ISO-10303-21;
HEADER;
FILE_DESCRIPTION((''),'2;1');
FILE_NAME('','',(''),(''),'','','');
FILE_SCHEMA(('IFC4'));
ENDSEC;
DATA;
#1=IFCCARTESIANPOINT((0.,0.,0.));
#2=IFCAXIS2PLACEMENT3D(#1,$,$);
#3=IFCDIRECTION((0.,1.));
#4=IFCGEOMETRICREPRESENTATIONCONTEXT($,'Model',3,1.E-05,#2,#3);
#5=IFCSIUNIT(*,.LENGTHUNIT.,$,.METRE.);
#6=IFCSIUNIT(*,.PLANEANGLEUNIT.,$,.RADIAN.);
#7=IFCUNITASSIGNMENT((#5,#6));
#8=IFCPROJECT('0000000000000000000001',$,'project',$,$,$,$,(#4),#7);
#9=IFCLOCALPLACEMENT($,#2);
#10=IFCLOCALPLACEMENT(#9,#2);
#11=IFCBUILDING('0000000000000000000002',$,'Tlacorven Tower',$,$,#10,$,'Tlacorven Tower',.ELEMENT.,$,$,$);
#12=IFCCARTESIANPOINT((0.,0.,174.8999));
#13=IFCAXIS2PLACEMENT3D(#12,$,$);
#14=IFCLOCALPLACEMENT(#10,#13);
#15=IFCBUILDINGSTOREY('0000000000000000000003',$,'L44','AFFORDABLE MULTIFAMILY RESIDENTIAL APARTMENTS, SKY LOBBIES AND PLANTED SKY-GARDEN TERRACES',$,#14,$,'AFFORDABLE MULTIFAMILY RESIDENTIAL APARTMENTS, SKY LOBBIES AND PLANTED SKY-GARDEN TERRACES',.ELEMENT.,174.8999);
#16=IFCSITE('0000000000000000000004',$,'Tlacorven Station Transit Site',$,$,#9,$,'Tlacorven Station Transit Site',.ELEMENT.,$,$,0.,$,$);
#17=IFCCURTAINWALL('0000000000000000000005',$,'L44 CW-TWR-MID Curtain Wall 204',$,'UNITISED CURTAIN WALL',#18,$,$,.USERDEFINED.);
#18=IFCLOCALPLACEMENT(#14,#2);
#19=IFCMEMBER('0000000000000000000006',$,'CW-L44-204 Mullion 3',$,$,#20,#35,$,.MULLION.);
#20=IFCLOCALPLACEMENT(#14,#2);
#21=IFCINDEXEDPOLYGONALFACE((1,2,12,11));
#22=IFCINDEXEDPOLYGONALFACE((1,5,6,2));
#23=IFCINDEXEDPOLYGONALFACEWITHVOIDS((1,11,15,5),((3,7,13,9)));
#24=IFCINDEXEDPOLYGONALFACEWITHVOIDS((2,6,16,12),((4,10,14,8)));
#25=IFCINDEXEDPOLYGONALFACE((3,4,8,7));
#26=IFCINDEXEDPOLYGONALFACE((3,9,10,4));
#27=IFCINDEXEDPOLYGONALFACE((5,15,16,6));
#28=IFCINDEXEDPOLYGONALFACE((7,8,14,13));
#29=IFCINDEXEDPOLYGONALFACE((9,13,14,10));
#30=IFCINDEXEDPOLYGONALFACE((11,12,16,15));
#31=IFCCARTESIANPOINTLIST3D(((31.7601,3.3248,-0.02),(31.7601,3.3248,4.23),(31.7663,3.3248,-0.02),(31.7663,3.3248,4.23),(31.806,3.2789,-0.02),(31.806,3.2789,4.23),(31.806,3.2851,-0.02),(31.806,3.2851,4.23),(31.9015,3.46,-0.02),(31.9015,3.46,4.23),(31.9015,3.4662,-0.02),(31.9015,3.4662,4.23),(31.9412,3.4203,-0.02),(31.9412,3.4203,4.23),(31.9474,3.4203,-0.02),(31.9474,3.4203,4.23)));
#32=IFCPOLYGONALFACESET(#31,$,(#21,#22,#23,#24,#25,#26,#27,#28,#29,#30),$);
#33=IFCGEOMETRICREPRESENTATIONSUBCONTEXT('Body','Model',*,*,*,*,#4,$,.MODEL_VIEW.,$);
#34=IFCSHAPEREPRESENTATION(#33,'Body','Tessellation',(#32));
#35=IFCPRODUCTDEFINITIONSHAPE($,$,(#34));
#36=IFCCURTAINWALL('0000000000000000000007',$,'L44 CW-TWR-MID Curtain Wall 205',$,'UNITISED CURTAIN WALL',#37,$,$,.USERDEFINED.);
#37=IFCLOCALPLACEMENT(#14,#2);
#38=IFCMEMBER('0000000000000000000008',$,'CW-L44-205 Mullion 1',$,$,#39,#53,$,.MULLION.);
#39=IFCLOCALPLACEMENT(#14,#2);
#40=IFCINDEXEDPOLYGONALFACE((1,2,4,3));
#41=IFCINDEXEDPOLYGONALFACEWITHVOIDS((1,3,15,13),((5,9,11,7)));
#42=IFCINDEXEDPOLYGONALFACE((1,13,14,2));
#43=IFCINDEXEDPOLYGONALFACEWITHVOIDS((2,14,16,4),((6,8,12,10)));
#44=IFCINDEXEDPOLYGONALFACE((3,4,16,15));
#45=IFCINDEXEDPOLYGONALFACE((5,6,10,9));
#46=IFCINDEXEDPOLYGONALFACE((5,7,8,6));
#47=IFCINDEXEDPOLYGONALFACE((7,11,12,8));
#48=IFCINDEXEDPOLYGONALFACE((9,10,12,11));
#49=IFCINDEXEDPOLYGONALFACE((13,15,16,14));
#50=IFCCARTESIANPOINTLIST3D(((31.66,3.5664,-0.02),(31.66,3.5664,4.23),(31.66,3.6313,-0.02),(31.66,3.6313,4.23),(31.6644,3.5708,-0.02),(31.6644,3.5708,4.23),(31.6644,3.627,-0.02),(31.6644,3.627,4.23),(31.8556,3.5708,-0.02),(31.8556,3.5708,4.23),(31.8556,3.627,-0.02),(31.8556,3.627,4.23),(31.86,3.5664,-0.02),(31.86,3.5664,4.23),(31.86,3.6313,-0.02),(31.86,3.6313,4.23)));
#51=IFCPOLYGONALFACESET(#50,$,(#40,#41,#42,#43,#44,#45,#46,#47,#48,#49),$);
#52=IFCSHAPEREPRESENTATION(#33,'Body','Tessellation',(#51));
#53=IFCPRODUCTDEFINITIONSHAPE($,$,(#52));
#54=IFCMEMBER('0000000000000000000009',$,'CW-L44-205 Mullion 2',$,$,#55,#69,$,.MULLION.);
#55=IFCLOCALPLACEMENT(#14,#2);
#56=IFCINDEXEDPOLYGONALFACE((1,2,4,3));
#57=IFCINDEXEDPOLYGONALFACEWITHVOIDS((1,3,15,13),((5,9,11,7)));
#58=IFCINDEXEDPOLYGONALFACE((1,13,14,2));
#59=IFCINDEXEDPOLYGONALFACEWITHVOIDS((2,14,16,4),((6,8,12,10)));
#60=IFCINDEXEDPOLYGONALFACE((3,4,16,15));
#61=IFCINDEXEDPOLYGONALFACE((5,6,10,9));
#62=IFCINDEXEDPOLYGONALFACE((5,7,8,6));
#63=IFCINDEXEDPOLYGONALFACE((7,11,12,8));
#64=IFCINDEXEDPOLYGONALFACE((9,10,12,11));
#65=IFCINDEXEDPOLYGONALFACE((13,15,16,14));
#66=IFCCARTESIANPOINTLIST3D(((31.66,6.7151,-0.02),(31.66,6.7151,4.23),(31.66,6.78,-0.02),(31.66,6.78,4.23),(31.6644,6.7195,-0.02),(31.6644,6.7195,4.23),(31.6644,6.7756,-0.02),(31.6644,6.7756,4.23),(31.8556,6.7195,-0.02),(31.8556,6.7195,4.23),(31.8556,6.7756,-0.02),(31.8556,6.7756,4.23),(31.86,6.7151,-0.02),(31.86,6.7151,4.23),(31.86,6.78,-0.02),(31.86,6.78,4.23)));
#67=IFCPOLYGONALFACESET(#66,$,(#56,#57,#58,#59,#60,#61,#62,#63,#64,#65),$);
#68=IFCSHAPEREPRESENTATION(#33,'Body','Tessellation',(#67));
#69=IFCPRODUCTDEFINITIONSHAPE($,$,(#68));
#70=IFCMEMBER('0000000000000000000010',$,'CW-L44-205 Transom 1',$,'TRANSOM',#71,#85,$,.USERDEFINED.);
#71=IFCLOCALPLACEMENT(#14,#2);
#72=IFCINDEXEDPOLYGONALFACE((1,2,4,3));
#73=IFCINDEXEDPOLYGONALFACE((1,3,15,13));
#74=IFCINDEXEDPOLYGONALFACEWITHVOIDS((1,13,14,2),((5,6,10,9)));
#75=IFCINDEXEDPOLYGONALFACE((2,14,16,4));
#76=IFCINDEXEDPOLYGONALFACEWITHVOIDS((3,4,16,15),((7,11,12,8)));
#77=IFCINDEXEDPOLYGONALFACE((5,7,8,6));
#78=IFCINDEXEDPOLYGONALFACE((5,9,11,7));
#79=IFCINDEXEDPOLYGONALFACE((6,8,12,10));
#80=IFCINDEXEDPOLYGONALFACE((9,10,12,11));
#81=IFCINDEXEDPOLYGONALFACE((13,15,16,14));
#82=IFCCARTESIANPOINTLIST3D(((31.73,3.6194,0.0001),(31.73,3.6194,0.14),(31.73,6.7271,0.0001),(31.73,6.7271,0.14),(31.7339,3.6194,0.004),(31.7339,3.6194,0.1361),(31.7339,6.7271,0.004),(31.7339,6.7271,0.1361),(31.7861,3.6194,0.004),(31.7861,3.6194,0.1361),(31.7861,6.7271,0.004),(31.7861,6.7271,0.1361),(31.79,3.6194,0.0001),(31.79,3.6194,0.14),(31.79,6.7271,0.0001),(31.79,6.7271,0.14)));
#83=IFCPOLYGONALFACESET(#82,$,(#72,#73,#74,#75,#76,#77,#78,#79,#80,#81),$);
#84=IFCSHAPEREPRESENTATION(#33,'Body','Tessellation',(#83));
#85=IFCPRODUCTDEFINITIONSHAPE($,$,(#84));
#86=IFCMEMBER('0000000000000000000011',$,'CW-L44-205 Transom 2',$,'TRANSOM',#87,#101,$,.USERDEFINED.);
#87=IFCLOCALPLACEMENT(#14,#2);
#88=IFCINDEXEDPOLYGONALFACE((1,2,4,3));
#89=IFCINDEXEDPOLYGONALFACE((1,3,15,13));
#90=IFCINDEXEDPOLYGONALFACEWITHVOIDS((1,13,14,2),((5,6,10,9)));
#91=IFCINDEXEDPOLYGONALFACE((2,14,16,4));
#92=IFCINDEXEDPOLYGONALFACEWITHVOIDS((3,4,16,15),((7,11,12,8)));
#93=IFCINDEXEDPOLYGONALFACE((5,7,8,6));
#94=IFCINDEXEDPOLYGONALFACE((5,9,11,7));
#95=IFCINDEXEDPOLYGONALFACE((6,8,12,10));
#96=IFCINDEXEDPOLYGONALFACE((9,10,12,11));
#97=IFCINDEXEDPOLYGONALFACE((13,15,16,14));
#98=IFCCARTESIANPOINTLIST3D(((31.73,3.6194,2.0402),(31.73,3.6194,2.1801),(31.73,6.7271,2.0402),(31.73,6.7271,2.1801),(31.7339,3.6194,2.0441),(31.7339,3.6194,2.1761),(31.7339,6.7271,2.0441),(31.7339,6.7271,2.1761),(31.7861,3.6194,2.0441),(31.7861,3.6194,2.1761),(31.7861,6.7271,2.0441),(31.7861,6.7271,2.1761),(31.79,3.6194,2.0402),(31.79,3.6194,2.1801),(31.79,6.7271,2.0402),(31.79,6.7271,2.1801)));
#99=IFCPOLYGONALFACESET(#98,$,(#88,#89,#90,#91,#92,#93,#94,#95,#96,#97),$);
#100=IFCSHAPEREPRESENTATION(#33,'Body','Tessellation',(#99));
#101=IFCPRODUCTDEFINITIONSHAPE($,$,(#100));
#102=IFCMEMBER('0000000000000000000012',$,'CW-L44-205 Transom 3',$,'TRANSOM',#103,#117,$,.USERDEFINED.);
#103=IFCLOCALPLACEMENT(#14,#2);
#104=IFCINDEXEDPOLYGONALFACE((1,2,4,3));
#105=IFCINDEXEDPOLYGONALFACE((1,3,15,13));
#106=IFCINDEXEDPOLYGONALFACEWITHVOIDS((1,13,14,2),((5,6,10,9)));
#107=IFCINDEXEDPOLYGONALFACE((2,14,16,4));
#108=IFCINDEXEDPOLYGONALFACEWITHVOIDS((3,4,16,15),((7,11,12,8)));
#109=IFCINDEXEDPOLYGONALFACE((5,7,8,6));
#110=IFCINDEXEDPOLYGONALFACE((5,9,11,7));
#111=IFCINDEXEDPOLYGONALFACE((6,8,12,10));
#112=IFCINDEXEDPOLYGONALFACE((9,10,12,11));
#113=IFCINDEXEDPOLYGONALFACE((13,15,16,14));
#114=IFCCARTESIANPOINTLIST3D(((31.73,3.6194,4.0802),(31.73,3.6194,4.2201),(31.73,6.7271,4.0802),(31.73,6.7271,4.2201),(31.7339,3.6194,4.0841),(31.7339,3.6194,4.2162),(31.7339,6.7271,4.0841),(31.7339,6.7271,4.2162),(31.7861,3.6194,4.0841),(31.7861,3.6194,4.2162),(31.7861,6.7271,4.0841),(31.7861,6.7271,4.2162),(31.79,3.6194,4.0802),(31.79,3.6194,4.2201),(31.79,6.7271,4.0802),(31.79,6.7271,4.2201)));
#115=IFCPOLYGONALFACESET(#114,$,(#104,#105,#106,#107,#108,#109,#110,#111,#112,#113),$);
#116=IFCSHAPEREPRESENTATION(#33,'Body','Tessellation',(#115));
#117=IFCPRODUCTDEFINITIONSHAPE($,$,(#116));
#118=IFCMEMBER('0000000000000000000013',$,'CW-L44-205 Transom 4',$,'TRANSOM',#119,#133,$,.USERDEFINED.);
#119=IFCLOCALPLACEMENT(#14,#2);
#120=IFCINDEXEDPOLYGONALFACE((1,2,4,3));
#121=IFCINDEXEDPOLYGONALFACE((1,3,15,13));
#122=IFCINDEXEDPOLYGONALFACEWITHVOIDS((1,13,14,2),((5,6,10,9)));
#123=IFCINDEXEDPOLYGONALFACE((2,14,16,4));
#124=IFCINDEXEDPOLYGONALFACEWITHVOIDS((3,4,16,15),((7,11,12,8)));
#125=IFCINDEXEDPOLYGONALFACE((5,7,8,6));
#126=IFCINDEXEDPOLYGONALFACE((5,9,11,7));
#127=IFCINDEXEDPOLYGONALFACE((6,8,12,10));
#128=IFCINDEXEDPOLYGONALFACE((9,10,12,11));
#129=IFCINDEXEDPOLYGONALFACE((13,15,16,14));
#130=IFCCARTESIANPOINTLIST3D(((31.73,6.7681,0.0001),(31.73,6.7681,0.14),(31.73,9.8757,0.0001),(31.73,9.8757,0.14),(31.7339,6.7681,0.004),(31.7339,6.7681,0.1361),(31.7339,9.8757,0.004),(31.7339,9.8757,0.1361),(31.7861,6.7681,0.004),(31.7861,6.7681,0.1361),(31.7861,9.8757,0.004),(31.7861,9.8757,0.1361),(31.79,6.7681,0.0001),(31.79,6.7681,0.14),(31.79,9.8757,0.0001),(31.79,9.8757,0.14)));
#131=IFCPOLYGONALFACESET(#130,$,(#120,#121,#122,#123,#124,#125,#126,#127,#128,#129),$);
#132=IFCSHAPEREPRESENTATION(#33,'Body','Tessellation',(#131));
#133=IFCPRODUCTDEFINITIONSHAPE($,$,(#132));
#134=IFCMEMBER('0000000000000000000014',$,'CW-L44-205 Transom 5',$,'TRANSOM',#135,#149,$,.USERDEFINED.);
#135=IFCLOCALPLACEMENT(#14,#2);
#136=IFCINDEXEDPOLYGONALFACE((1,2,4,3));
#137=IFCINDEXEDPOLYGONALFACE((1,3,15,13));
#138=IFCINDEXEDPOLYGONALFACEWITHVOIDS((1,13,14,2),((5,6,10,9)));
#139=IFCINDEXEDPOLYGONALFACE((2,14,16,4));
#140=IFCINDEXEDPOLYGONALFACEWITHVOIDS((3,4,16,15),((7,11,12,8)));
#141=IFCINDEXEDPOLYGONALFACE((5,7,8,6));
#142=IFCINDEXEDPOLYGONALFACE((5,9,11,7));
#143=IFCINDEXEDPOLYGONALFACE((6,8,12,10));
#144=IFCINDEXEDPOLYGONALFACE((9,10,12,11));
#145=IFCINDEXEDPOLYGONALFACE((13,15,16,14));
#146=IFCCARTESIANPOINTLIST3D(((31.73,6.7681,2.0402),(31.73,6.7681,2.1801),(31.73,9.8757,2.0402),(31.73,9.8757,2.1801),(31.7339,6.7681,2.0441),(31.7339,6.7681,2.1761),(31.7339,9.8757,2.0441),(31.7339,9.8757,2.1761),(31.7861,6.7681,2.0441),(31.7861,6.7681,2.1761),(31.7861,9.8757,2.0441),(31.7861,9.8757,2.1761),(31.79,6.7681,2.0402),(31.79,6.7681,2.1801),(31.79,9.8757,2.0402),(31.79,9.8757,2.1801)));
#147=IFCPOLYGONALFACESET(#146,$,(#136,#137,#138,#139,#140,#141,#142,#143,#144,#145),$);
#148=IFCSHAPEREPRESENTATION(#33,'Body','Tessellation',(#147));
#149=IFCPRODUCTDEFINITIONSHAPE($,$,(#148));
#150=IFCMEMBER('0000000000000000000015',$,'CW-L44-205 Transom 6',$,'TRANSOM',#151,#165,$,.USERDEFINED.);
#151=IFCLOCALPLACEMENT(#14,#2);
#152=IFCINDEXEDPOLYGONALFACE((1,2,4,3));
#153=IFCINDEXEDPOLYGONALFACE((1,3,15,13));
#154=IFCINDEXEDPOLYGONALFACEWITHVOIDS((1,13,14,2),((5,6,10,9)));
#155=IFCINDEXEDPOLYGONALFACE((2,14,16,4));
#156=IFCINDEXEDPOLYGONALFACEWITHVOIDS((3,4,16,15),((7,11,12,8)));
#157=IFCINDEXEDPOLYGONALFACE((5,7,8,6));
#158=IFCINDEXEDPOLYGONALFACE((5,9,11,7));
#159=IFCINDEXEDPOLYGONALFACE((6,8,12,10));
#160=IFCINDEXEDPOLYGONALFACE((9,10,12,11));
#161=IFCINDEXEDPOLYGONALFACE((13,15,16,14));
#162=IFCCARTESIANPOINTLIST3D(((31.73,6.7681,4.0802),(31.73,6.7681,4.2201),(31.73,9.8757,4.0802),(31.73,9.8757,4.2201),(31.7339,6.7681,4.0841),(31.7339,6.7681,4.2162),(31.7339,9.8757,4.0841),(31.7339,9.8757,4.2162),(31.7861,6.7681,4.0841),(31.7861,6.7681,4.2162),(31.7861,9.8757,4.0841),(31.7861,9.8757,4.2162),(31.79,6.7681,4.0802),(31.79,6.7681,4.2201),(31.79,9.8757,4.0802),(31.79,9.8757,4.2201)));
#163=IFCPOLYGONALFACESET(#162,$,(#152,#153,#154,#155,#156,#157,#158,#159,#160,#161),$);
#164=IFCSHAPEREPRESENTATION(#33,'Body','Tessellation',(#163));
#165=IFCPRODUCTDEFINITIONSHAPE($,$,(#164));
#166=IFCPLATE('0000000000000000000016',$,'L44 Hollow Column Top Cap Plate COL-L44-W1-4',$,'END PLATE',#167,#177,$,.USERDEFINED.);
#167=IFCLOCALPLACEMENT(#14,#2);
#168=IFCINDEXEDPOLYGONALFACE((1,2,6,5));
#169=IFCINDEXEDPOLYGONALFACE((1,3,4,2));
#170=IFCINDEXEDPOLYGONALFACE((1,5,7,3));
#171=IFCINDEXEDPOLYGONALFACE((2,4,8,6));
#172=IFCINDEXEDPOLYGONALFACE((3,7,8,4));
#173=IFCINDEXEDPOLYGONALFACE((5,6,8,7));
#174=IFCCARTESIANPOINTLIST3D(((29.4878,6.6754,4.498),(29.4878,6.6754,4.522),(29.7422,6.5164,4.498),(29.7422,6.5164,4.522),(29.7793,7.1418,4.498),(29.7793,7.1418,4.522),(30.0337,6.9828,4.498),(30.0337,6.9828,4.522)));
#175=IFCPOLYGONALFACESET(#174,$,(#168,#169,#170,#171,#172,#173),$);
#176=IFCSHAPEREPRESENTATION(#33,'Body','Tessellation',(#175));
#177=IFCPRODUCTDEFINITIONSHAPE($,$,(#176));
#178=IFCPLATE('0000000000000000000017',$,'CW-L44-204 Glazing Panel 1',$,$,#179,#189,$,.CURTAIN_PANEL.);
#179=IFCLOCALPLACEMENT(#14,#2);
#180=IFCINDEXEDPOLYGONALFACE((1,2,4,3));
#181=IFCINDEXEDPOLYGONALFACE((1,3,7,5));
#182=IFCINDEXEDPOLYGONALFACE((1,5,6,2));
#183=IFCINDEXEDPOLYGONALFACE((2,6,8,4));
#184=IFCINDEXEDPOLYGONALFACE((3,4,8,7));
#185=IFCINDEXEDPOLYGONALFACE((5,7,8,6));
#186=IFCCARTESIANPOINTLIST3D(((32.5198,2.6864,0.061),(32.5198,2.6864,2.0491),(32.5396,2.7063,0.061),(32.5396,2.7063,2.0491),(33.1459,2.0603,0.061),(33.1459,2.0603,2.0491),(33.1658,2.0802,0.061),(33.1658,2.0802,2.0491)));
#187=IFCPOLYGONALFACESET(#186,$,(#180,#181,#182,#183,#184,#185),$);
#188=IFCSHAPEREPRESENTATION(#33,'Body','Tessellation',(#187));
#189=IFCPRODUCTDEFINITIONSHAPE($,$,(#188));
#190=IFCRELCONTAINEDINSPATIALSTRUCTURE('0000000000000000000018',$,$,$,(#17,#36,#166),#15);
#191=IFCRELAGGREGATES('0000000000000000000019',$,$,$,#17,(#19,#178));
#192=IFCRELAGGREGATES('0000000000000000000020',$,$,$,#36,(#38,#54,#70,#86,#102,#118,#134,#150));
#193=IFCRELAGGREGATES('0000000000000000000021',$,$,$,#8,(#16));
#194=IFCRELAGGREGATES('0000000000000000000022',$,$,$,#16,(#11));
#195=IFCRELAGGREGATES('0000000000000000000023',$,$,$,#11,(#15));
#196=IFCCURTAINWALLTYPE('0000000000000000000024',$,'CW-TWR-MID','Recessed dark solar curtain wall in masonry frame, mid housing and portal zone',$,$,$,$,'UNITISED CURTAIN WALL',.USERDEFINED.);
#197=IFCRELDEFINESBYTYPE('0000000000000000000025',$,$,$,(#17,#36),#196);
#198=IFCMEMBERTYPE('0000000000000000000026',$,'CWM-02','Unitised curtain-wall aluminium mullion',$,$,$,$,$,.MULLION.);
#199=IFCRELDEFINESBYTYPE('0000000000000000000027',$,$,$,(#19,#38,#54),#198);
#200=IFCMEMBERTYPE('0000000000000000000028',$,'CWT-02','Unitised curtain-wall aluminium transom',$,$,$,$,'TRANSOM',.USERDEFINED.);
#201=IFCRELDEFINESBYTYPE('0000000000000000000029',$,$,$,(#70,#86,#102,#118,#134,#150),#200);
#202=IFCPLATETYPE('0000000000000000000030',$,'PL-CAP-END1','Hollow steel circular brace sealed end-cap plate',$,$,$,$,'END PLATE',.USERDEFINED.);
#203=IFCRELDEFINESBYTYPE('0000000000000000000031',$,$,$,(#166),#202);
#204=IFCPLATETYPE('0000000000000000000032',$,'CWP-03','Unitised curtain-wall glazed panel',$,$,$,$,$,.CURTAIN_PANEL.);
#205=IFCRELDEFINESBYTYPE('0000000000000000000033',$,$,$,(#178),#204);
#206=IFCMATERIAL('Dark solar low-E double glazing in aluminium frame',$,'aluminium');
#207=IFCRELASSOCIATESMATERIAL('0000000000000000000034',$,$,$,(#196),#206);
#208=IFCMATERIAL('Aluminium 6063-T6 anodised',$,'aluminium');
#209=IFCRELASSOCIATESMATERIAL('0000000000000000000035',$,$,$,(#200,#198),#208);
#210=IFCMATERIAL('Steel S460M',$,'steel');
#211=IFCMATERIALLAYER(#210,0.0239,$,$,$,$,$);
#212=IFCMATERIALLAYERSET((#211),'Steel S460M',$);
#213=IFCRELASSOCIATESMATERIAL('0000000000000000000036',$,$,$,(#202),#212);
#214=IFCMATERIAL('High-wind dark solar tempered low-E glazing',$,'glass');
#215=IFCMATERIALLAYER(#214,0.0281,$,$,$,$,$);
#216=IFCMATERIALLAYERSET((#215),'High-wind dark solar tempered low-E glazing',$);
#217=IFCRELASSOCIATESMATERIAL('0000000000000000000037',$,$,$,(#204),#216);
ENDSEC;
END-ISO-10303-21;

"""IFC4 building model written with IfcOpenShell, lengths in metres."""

from ifc_helpers import new_model, si_unit, direction, frame, origin, origin_2d, place, context, subcontext, project, spatial, rectangle, hollow_rectangle, extrude, source, transform, mapped, material, layer, layer_set, material_profile, profile_set, type_object, element, aggregate, save


model = new_model("IFC4")

# Units and contexts
model_context = context("Model", 3, precision=1e-05, world=origin(), true_north=direction((0.0, 1.0)))
body_context = subcontext(model_context, "Body", "Model", "MODEL_VIEW")
ifc_project = project(units=[si_unit("LENGTHUNIT", "METRE"), si_unit("PLANEANGLEUNIT", "RADIAN")], contexts=[model_context])

# Site, building, storey
site_placement = place(None, origin())
site = spatial("IfcSite", under=ifc_project, at=site_placement, Name="Tlacorven Station Transit Site", LongName="Tlacorven Station Transit Site", CompositionType="ELEMENT", RefElevation=0.0)
building_placement = place(site_placement, origin())
building = spatial("IfcBuilding", under=site, at=building_placement, Name="Tlacorven Tower", LongName="Tlacorven Tower", CompositionType="ELEMENT")
storey_placement = place(building_placement, frame((0.0, 0.0, 174.8999)))
storey = spatial("IfcBuildingStorey", under=building, at=storey_placement, Name="L44", Description="AFFORDABLE MULTIFAMILY RESIDENTIAL APARTMENTS, SKY LOBBIES AND PLANTED SKY-GARDEN TERRACES", LongName="AFFORDABLE MULTIFAMILY RESIDENTIAL APARTMENTS, SKY LOBBIES AND PLANTED SKY-GARDEN TERRACES", CompositionType="ELEMENT", Elevation=174.8999)

# Shared definitions
ifc_material_1 = material(Name="Steel S460M", Category="steel")

# Curtain wall
ifc_material_2 = material(Name="Dark solar low-E double glazing in aluminium frame", Category="aluminium")
curtain_wall_type = type_object("IfcCurtainWallType", Name="CW-TWR-MID", Description="Recessed dark solar curtain wall in masonry frame, mid housing and portal zone", ElementType="UNITISED CURTAIN WALL", PredefinedType="USERDEFINED", material=ifc_material_2)
curtain_wall_1_placement = place(storey_placement, origin())
curtain_wall_1 = element("IfcCurtainWall", 1, at=curtain_wall_1_placement, inside=storey, type_object=curtain_wall_type, Name="L44 CW-TWR-MID Curtain Wall 204", ObjectType="UNITISED CURTAIN WALL", PredefinedType="USERDEFINED")
ifc_material_3 = material(Name="Aluminium 6063-T6 anodised", Category="aluminium")
ifc_material_profile_1 = material_profile(ifc_material_3, hollow_rectangle(XDim=0.0601, YDim=0.1399, WallThickness=0.0039, at=origin_2d()), Name="ALU TRANSOM 60X140")
ifc_profile_set_1 = profile_set([ifc_material_profile_1], Name="Aluminium 6063-T6 anodised")
member_type_1 = type_object("IfcMemberType", Name="CWT-02", Description="Unitised curtain-wall aluminium transom", ElementType="TRANSOM", PredefinedType="USERDEFINED", material=ifc_profile_set_1)

# Shared definitions
ifc_material_profile_2 = material_profile(ifc_material_3, hollow_rectangle(XDim=0.0649, YDim=0.2, WallThickness=0.0044, at=origin_2d()), Name="ALU MULLION 65X200")
ifc_profile_set_2 = profile_set([ifc_material_profile_2], Name="Aluminium 6063-T6 anodised")
member_type_2 = type_object("IfcMemberType", Name="CWM-02", Description="Unitised curtain-wall aluminium mullion", PredefinedType="MULLION", material=ifc_profile_set_2)
shared_shape_1 = source(origin(), body_context, "Body", "SweptSolid", [
    extrude(hollow_rectangle(XDim=0.0649, YDim=0.2, WallThickness=0.0044, at=origin_2d()), origin(), (0.0, 0.0, 1.0), 4.25),
])

# Member
member_1_placement = place(storey_placement, frame((31.8538, 3.3726, -0.02), z_axis=(0.0, 0.0, 1.0), x_axis=(-0.707107, 0.707107, 0.0)))
member_1 = element("IfcMember", 2, at=member_1_placement, type_object=member_type_2, Name="CW-L44-204 Mullion 3", PredefinedType="MULLION", context=body_context, shape_type="MappedRepresentation", body=[
    mapped(shared_shape_1, transform((0.0, 0.0, 0.0), scale=1.0)),
])

# Curtain wall, members
curtain_wall_2_placement = place(storey_placement, origin())
curtain_wall_2 = element("IfcCurtainWall", 3, at=curtain_wall_2_placement, inside=storey, type_object=curtain_wall_type, Name="L44 CW-TWR-MID Curtain Wall 205", ObjectType="UNITISED CURTAIN WALL", PredefinedType="USERDEFINED")
member_2_placement = place(storey_placement, frame((31.76, 3.5989, -0.02), z_axis=(0.0, 0.0, 1.0), x_axis=(0.0, 1.0, 0.0)))
member_2 = element("IfcMember", 4, at=member_2_placement, type_object=member_type_2, Name="CW-L44-205 Mullion 1", PredefinedType="MULLION", context=body_context, shape_type="MappedRepresentation", body=[
    mapped(shared_shape_1, transform((0.0, 0.0, 0.0), scale=1.0)),
])
member_3_placement = place(storey_placement, frame((31.76, 6.7476, -0.02), z_axis=(0.0, 0.0, 1.0), x_axis=(0.0, 1.0, 0.0)))
member_3 = element("IfcMember", 5, at=member_3_placement, type_object=member_type_2, Name="CW-L44-205 Mullion 2", PredefinedType="MULLION", context=body_context, shape_type="MappedRepresentation", body=[
    mapped(shared_shape_1, transform((0.0, 0.0, 0.0), scale=1.0)),
])
shared_shape_2 = source(origin(), body_context, "Body", "SweptSolid", [
    extrude(hollow_rectangle(XDim=0.0601, YDim=0.1399, WallThickness=0.0039, at=origin_2d()), origin(), (0.0, 0.0, 1.0), 3.1077),
])
member_4_placement = place(storey_placement, frame((31.76, 3.6194, 0.0701), z_axis=(0.0, 1.0, 0.0), x_axis=(-1.0, 0.0, 0.0)))
member_4 = element("IfcMember", 6, at=member_4_placement, type_object=member_type_1, Name="CW-L44-205 Transom 1", ObjectType="TRANSOM", PredefinedType="USERDEFINED", context=body_context, shape_type="MappedRepresentation", body=[
    mapped(shared_shape_2, transform((0.0, 0.0, 0.0), scale=1.0)),
])
member_5_placement = place(storey_placement, frame((31.76, 3.6194, 2.1101), z_axis=(0.0, 1.0, 0.0), x_axis=(-1.0, 0.0, 0.0)))
member_5 = element("IfcMember", 7, at=member_5_placement, type_object=member_type_1, Name="CW-L44-205 Transom 2", ObjectType="TRANSOM", PredefinedType="USERDEFINED", context=body_context, shape_type="MappedRepresentation", body=[
    mapped(shared_shape_2, transform((0.0, 0.0, 0.0), scale=1.0)),
])
member_6_placement = place(storey_placement, frame((31.76, 3.6194, 4.1501), z_axis=(0.0, 1.0, 0.0), x_axis=(-1.0, 0.0, 0.0)))
member_6 = element("IfcMember", 8, at=member_6_placement, type_object=member_type_1, Name="CW-L44-205 Transom 3", ObjectType="TRANSOM", PredefinedType="USERDEFINED", context=body_context, shape_type="MappedRepresentation", body=[
    mapped(shared_shape_2, transform((0.0, 0.0, 0.0), scale=1.0)),
])
member_7_placement = place(storey_placement, frame((31.76, 6.7681, 0.0701), z_axis=(0.0, 1.0, 0.0), x_axis=(-1.0, 0.0, 0.0)))
member_7 = element("IfcMember", 9, at=member_7_placement, type_object=member_type_1, Name="CW-L44-205 Transom 4", ObjectType="TRANSOM", PredefinedType="USERDEFINED", context=body_context, shape_type="MappedRepresentation", body=[
    mapped(shared_shape_2, transform((0.0, 0.0, 0.0), scale=1.0)),
])
member_8_placement = place(storey_placement, frame((31.76, 6.7681, 2.1101), z_axis=(0.0, 1.0, 0.0), x_axis=(-1.0, 0.0, 0.0)))
member_8 = element("IfcMember", 10, at=member_8_placement, type_object=member_type_1, Name="CW-L44-205 Transom 5", ObjectType="TRANSOM", PredefinedType="USERDEFINED", context=body_context, shape_type="MappedRepresentation", body=[
    mapped(shared_shape_2, transform((0.0, 0.0, 0.0), scale=1.0)),
])
member_9_placement = place(storey_placement, frame((31.76, 6.7681, 4.1501), z_axis=(0.0, 1.0, 0.0), x_axis=(-1.0, 0.0, 0.0)))
member_9 = element("IfcMember", 11, at=member_9_placement, type_object=member_type_1, Name="CW-L44-205 Transom 6", ObjectType="TRANSOM", PredefinedType="USERDEFINED", context=body_context, shape_type="MappedRepresentation", body=[
    mapped(shared_shape_2, transform((0.0, 0.0, 0.0), scale=1.0)),
])

# Plates
ifc_layer_1 = layer(ifc_material_1, 0.0239)
ifc_layer_set_1 = layer_set([ifc_layer_1], Name="Steel S460M")
plate_type_1 = type_object("IfcPlateType", Name="PL-CAP-END1", Description="Hollow steel circular brace sealed end-cap plate", ElementType="END PLATE", PredefinedType="USERDEFINED", material=ifc_layer_set_1)
shared_shape_3 = source(origin(), body_context, "Body", "SweptSolid", [
    extrude(rectangle(XDim=0.3, YDim=0.55, at=origin_2d()), origin(), (0.0, 0.0, 1.0), 0.0239),
])
plate_1_placement = place(storey_placement, frame((29.7607, 6.8291, 4.498), z_axis=(0.0, 0.0, 1.0), x_axis=(-0.848048, 0.529919, 0.0)))
element("IfcPlate", 12, at=plate_1_placement, inside=storey, type_object=plate_type_1, Name="L44 Hollow Column Top Cap Plate COL-L44-W1-4", ObjectType="END PLATE", PredefinedType="USERDEFINED", context=body_context, shape_type="MappedRepresentation", body=[
    mapped(shared_shape_3, transform((0.0, 0.0, 0.0), scale=1.0)),
])
ifc_material_4 = material(Name="High-wind dark solar tempered low-E glazing", Category="glass")
ifc_layer_2 = layer(ifc_material_4, 0.0281)
ifc_layer_set_2 = layer_set([ifc_layer_2], Name="High-wind dark solar tempered low-E glazing")
plate_type_2 = type_object("IfcPlateType", Name="CWP-03", Description="Unitised curtain-wall glazed panel", PredefinedType="CURTAIN_PANEL", material=ifc_layer_set_2)
shared_shape_4 = source(origin(), body_context, "Body", "SweptSolid", [
    extrude(rectangle(XDim=0.8855, YDim=0.0281, at=origin_2d()), origin(), (0.0, 0.0, 1.0), 1.988),
])
plate_2_placement = place(storey_placement, frame((32.8428, 2.3833, 0.061), z_axis=(0.0, 0.0, 1.0), x_axis=(-0.707107, 0.707107, 0.0)))
plate_2 = element("IfcPlate", 13, at=plate_2_placement, type_object=plate_type_2, Name="CW-L44-204 Glazing Panel 1", PredefinedType="CURTAIN_PANEL", context=body_context, shape_type="MappedRepresentation", body=[
    mapped(shared_shape_4, transform((0.0, 0.0, 0.0), scale=1.0)),
])
aggregate(curtain_wall_1, [member_1, plate_2])
aggregate(curtain_wall_2, [member_2, member_3, member_4, member_5, member_6, member_7, member_8, member_9])

save(model, "model.ifc")
